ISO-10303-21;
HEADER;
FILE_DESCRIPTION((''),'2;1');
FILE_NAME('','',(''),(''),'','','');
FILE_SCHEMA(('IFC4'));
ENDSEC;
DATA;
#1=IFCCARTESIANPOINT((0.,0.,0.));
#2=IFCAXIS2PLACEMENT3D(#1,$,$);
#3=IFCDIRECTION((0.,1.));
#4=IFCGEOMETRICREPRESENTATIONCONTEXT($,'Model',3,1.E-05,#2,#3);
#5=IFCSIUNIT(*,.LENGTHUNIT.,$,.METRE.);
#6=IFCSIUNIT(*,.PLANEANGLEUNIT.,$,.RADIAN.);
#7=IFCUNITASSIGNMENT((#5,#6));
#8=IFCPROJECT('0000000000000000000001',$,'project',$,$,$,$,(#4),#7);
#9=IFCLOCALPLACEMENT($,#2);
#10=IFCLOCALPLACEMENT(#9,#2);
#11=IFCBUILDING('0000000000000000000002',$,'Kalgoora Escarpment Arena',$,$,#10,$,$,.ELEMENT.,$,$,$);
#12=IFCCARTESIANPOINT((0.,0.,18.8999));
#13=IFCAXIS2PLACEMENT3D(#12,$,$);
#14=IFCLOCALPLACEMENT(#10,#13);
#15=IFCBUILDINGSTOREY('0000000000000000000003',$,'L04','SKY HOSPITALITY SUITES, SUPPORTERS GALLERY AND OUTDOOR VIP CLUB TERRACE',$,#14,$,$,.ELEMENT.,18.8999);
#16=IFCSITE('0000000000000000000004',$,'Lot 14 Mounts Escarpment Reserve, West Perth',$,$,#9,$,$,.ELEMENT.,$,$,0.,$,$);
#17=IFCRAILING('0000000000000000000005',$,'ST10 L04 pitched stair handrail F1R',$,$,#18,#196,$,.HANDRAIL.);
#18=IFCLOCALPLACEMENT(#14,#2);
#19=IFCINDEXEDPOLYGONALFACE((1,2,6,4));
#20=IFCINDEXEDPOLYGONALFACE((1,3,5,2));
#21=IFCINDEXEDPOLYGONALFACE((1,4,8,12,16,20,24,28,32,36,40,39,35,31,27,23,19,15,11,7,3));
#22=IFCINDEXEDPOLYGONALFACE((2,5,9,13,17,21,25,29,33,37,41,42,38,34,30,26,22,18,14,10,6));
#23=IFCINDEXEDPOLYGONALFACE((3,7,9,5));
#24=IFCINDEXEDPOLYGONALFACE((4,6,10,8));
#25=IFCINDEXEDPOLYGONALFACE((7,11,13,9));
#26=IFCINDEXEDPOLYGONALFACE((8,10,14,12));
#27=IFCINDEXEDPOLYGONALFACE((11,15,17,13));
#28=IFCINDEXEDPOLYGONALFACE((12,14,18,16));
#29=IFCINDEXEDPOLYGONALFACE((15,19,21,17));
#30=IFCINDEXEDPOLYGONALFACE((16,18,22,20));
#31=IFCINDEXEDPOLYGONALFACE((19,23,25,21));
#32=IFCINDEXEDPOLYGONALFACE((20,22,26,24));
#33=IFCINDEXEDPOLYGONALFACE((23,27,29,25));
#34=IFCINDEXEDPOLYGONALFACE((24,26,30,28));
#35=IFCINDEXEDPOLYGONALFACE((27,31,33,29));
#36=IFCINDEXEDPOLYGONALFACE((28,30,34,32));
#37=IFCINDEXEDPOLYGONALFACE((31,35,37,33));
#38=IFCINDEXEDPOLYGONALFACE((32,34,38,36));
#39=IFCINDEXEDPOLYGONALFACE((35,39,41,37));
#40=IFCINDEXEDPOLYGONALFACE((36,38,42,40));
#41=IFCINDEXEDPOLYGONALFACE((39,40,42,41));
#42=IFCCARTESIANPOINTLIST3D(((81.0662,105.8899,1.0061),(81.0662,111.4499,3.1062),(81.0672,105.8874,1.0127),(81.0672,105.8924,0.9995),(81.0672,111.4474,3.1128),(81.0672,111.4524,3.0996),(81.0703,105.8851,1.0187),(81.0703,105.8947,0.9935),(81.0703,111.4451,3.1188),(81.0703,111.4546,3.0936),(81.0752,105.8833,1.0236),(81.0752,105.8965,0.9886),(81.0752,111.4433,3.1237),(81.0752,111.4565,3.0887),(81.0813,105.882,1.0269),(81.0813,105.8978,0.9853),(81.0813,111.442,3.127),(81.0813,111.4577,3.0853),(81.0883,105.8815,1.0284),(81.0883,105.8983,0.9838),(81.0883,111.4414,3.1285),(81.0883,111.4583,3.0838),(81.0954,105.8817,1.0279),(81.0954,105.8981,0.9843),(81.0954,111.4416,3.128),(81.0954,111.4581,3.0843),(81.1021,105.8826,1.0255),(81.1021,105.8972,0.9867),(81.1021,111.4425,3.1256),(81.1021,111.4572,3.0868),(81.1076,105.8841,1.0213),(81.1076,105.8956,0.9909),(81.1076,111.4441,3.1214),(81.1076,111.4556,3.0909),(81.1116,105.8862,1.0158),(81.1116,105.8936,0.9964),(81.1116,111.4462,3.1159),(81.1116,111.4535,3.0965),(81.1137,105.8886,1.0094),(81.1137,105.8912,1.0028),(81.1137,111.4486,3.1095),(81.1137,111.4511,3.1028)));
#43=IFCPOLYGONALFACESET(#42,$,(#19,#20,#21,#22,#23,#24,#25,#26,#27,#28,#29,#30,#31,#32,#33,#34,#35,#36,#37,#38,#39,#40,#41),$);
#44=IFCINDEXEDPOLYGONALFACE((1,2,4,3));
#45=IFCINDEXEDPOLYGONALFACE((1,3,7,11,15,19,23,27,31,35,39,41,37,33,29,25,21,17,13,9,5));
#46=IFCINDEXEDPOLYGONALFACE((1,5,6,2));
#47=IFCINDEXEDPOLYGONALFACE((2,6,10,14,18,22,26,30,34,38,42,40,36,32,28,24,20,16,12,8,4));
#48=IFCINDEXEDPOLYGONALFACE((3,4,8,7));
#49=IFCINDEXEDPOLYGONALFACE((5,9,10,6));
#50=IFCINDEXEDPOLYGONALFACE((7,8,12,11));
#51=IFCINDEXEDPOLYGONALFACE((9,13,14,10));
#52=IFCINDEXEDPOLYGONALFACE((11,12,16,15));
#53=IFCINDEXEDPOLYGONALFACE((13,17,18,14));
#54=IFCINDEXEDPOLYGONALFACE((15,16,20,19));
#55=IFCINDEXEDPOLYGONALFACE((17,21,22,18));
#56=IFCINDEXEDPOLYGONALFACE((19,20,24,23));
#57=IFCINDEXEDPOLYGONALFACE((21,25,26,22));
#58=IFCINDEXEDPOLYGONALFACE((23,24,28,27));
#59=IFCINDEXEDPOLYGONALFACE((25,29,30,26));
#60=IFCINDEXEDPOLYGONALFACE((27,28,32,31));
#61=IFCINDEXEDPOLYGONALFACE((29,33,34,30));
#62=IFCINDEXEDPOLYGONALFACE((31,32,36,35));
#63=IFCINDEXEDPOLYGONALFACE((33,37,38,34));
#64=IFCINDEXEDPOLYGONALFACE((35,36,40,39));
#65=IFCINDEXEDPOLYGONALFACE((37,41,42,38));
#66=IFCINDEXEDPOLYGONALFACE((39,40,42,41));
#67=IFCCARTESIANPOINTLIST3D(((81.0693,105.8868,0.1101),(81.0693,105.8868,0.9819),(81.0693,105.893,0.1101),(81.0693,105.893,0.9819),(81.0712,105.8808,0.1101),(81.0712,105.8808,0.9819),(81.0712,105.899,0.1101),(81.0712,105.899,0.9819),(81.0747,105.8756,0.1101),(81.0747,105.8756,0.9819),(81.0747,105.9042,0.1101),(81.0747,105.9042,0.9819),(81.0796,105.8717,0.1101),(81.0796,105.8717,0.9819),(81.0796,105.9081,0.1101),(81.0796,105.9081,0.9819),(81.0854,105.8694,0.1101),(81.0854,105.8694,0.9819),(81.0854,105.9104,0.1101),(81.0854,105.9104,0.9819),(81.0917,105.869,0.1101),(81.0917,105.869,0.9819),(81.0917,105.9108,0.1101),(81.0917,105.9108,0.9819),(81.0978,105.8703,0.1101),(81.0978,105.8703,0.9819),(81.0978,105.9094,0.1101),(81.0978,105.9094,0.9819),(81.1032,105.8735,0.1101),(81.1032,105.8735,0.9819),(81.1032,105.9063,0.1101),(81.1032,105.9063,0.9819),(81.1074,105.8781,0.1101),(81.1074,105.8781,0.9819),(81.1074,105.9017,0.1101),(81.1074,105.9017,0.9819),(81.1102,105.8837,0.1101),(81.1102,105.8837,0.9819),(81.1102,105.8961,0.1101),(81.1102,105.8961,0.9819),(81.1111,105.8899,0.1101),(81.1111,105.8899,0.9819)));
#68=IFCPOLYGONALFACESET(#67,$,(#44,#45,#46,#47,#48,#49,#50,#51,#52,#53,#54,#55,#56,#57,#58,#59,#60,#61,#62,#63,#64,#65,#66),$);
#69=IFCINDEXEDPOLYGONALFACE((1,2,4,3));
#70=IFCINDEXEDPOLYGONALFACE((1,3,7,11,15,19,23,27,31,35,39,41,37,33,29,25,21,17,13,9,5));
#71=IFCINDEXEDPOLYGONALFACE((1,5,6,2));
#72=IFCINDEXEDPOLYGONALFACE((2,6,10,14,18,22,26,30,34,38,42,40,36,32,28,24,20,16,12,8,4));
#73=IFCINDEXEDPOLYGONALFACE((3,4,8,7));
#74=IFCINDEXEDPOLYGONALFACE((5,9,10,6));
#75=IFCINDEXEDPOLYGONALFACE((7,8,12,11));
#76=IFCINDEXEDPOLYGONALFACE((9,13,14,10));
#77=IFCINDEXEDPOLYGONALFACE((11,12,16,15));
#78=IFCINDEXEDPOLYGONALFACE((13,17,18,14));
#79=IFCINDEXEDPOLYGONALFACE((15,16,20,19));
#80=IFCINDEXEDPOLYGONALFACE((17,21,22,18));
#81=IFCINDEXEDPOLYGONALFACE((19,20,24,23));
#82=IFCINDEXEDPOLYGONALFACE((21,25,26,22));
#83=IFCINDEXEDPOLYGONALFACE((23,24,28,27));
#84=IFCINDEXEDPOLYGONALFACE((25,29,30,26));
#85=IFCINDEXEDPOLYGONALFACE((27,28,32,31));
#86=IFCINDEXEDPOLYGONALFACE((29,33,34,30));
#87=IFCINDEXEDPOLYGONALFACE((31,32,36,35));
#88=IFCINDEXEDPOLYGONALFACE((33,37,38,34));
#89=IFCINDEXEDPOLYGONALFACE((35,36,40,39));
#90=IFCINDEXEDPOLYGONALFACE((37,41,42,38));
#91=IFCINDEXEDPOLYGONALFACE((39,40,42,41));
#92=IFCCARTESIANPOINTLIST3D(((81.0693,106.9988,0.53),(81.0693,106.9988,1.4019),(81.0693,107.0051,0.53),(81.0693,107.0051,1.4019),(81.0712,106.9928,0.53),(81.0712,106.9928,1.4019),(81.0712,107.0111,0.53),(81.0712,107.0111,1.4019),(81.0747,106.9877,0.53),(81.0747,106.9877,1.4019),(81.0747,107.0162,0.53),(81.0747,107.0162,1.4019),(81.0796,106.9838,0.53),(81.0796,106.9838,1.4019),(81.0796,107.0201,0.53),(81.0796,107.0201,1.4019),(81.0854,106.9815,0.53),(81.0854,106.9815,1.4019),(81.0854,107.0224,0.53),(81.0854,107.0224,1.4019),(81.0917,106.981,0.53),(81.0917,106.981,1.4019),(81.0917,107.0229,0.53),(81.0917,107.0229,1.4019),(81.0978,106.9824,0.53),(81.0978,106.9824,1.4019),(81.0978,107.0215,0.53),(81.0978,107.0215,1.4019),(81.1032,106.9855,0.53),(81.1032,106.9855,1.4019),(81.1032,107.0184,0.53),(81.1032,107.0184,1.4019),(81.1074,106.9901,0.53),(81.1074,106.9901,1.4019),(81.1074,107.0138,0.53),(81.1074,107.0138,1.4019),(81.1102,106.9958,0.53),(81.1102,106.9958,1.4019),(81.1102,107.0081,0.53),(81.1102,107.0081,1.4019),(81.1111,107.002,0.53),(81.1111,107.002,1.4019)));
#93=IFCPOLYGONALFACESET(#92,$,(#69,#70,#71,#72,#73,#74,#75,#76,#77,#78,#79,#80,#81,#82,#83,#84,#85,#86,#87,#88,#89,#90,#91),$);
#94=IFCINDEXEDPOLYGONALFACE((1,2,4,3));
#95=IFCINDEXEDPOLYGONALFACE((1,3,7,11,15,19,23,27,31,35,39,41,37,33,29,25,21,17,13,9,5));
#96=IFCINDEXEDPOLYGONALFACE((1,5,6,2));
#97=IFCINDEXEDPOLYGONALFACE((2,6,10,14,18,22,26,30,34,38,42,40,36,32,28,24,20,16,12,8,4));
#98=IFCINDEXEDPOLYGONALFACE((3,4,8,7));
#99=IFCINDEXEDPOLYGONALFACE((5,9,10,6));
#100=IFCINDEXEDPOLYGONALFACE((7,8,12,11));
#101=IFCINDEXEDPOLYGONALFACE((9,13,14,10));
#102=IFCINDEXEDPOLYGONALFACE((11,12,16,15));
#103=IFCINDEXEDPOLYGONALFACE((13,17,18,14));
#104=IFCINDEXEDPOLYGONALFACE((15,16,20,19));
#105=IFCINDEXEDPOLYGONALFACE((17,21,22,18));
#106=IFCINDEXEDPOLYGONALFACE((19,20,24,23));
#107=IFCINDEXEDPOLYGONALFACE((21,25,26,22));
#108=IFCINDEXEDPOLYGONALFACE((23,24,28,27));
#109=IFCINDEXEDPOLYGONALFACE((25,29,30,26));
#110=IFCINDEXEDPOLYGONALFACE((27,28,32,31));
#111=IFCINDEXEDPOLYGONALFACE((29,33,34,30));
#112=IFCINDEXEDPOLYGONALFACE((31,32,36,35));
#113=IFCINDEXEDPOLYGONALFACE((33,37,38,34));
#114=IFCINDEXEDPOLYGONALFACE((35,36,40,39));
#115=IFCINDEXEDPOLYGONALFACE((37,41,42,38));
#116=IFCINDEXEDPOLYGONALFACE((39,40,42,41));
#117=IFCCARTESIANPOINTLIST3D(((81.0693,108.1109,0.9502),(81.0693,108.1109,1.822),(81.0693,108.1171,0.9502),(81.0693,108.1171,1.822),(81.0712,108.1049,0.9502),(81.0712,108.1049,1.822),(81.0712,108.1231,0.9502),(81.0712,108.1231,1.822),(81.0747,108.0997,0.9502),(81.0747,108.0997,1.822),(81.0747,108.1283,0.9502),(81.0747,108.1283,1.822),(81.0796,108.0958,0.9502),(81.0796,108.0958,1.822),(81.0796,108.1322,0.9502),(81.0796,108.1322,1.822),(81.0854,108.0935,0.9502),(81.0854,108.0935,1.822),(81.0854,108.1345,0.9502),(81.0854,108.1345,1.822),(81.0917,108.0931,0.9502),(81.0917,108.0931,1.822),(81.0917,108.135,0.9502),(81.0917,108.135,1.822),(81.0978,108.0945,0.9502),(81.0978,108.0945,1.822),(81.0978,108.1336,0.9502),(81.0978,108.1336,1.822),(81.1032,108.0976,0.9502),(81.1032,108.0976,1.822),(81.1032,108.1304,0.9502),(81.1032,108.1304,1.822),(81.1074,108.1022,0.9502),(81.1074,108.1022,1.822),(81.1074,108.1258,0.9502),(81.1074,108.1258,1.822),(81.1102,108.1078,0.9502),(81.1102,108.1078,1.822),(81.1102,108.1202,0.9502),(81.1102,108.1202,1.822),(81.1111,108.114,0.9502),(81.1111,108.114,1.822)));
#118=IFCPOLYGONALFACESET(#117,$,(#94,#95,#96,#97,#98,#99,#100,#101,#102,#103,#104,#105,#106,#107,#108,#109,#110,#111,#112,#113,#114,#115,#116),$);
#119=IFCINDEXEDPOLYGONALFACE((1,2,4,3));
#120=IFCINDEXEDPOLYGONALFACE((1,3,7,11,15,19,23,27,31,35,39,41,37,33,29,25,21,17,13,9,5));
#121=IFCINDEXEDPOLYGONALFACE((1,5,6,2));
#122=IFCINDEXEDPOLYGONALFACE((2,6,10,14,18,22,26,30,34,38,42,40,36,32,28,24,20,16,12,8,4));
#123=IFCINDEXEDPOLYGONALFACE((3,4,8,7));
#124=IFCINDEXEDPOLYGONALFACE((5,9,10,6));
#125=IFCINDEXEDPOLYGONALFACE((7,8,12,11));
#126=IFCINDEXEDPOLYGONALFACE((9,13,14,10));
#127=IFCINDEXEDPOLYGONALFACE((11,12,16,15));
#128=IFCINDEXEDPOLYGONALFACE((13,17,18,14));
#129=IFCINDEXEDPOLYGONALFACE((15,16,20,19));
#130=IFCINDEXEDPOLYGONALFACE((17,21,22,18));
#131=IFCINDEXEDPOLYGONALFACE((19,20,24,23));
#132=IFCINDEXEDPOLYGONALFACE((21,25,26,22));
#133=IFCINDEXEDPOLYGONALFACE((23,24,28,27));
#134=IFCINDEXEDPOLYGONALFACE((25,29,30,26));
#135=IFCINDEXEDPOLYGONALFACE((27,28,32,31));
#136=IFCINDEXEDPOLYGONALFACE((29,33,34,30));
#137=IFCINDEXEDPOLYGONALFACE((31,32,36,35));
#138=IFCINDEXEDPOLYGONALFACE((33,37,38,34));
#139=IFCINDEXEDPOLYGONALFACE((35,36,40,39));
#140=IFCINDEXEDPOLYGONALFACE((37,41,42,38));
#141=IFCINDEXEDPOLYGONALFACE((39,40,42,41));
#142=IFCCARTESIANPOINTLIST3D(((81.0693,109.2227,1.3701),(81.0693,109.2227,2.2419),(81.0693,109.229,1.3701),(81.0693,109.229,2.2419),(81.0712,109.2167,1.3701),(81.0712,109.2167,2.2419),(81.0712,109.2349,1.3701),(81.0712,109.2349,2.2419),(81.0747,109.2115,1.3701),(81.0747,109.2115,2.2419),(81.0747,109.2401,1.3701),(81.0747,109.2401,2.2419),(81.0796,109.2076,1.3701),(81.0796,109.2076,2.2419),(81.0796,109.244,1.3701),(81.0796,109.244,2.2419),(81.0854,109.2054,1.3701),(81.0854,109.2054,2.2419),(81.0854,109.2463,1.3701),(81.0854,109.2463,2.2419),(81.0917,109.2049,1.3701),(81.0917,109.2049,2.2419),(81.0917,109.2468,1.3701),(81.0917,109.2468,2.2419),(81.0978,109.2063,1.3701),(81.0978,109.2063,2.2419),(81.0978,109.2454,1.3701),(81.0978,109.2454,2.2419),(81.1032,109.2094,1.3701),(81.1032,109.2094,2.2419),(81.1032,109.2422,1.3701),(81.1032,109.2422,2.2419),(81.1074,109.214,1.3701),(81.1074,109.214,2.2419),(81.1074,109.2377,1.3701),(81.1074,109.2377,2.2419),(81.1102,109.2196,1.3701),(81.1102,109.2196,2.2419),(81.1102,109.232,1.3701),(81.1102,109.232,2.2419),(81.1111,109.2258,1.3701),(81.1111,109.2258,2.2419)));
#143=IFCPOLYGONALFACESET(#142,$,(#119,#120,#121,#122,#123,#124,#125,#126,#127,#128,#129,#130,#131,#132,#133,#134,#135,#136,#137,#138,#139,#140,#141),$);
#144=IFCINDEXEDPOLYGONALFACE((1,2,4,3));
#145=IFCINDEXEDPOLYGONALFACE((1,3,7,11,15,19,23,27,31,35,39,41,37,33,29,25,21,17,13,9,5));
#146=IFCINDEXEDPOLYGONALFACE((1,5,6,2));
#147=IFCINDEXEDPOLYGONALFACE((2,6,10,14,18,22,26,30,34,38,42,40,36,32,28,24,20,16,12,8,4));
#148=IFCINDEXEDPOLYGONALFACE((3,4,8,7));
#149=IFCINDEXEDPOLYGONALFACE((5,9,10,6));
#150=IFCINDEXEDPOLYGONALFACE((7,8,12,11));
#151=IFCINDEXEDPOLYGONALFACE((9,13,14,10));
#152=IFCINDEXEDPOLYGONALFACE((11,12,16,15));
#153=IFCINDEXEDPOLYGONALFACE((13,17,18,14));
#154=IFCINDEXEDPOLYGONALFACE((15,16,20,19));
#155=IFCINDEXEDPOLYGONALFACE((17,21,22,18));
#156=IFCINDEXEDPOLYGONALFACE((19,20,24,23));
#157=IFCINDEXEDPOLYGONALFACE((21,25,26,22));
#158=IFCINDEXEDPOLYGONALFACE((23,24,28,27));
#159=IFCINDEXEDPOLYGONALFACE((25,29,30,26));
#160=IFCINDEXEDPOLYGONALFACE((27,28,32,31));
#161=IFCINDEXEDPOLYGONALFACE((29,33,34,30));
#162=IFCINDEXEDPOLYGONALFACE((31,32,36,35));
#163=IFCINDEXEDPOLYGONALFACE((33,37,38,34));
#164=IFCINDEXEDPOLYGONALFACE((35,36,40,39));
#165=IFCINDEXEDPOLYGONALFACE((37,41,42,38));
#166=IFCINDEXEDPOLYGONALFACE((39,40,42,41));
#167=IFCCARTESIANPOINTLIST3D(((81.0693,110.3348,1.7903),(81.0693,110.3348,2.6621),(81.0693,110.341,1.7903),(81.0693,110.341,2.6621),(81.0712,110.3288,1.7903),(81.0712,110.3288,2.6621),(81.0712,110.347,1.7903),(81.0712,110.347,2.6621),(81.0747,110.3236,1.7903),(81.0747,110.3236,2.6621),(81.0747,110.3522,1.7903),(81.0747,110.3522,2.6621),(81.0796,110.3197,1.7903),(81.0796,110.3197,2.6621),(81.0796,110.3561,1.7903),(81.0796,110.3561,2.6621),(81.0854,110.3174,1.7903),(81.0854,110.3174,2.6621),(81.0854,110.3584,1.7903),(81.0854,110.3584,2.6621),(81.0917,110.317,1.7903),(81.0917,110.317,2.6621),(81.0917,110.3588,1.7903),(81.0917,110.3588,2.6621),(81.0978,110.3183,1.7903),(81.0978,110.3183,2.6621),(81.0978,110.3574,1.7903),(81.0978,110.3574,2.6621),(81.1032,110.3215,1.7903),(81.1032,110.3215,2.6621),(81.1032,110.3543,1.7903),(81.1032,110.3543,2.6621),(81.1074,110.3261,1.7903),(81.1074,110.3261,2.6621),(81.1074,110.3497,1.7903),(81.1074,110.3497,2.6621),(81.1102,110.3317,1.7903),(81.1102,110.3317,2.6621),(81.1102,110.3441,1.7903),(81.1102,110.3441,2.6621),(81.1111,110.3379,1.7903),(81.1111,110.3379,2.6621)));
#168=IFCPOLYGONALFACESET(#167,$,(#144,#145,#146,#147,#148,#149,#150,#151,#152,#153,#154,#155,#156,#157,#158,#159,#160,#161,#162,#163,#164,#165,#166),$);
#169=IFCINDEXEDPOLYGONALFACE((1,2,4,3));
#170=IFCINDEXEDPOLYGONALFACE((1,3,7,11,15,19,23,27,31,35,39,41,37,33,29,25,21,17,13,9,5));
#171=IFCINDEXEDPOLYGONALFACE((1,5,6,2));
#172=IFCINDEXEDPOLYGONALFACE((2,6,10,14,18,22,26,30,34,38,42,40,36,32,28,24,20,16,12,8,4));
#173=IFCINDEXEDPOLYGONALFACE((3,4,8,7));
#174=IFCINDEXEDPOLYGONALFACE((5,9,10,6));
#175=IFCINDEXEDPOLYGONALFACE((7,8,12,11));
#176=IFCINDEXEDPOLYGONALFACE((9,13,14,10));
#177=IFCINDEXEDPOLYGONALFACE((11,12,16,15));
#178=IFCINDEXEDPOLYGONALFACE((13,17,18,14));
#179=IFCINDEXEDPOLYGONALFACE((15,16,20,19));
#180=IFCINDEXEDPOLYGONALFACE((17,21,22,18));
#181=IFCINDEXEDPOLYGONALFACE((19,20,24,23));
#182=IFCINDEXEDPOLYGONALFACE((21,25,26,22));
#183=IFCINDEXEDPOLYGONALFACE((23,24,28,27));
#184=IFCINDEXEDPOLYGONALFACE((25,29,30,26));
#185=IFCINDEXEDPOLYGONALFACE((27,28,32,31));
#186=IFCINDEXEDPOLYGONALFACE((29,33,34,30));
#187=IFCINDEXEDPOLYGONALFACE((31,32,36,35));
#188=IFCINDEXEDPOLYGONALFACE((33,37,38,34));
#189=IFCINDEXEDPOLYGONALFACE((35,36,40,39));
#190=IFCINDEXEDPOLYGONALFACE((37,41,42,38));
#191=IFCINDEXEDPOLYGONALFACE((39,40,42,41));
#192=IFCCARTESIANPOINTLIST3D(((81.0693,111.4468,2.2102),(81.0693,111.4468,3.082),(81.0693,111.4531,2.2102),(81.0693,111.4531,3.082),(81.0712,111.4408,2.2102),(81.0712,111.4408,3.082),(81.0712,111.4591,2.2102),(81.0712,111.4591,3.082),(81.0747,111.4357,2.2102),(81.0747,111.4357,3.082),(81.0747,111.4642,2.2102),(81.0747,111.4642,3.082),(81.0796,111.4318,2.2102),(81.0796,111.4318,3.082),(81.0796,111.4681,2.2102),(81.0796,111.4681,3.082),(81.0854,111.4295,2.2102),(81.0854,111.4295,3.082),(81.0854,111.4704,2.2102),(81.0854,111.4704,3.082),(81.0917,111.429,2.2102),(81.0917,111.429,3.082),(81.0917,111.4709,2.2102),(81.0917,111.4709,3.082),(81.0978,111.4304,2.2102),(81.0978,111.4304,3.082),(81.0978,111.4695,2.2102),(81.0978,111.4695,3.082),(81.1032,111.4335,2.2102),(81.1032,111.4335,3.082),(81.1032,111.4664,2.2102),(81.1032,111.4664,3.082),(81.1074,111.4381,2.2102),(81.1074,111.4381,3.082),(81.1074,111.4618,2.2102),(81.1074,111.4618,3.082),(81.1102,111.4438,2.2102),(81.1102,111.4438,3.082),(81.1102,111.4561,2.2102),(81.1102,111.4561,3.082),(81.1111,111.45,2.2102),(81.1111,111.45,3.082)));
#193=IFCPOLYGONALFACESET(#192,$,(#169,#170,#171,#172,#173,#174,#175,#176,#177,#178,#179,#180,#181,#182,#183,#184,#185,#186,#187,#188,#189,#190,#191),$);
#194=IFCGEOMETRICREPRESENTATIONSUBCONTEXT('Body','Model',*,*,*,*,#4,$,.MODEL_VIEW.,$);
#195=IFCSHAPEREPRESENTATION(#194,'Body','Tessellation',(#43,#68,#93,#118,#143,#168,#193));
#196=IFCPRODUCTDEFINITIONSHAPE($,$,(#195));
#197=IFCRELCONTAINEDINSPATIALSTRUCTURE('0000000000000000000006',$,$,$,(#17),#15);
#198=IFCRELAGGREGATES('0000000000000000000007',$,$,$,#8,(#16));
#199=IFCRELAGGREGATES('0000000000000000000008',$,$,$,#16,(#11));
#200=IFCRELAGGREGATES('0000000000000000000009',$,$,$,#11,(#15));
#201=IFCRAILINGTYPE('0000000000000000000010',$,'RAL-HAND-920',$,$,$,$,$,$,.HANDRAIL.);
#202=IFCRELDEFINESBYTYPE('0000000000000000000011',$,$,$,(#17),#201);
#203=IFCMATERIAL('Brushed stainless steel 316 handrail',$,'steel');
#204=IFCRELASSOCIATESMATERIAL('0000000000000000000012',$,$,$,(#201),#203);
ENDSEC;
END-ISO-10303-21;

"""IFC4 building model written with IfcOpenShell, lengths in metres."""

from ifc_helpers import new_model, si_unit, direction, frame, origin, origin_2d, place, context, subcontext, project, spatial, circle, extrude, material, type_object, element, save


model = new_model("IFC4")

# Units and contexts
model_context = context("Model", 3, precision=1e-05, world=origin(), true_north=direction((0.0, 1.0)))
body_context = subcontext(model_context, "Body", "Model", "MODEL_VIEW")
ifc_project = project(units=[si_unit("LENGTHUNIT", "METRE"), si_unit("PLANEANGLEUNIT", "RADIAN")], contexts=[model_context])

# Site, building, storey
site_placement = place(None, origin())
site = spatial("IfcSite", under=ifc_project, at=site_placement, Name="Lot 14 Mounts Escarpment Reserve, West Perth", CompositionType="ELEMENT", RefElevation=0.0)
building_placement = place(site_placement, origin())
building = spatial("IfcBuilding", under=site, at=building_placement, Name="Kalgoora Escarpment Arena", CompositionType="ELEMENT")
storey_placement = place(building_placement, frame((0.0, 0.0, 18.8999)))
storey = spatial("IfcBuildingStorey", under=building, at=storey_placement, Name="L04", Description="SKY HOSPITALITY SUITES, SUPPORTERS GALLERY AND OUTDOOR VIP CLUB TERRACE", CompositionType="ELEMENT", Elevation=18.8999)

# Railing
ifc_material_1 = material(Name="Brushed stainless steel 316 handrail", Category="steel")
railing_type_1 = type_object("IfcRailingType", Name="RAL-HAND-920", PredefinedType="HANDRAIL", material=ifc_material_1)
for number, where, name in (
    (1, (81.0901, 105.8899, 0.1101), "ST10 L04 pitched stair handrail F1R"),
):
    element("IfcRailing", number, at=place(storey_placement, frame(where)), inside=storey, type_object=railing_type_1, Name=name, PredefinedType="HANDRAIL", context=body_context, shape_type="SweptSolid", body=[
        extrude(circle(Radius=0.0239, at=origin_2d()), frame((0.0, 0.0, 0.896), z_axis=(0.0, 0.935493, 0.353346), x_axis=(-1.0, 0.0, 0.0)), (0.0, 0.0, 1.0), 5.9434),
        extrude(circle(Radius=0.021, at=origin_2d()), origin(), (0.0, 0.0, 1.0), 0.8718),
        extrude(circle(Radius=0.021, at=origin_2d()), frame((0.0, 1.1121, 0.4199)), (0.0, 0.0, 1.0), 0.8718),
        extrude(circle(Radius=0.021, at=origin_2d()), frame((0.0, 2.2241, 0.8401)), (0.0, 0.0, 1.0), 0.8718),
        extrude(circle(Radius=0.021, at=origin_2d()), frame((0.0, 3.3359, 1.26)), (0.0, 0.0, 1.0), 0.8718),
        extrude(circle(Radius=0.021, at=origin_2d()), frame((0.0, 4.448, 1.6802)), (0.0, 0.0, 1.0), 0.8718),
        extrude(circle(Radius=0.021, at=origin_2d()), frame((0.0, 5.5601, 2.1001)), (0.0, 0.0, 1.0), 0.8718),
    ])

save(model, "model.ifc")
